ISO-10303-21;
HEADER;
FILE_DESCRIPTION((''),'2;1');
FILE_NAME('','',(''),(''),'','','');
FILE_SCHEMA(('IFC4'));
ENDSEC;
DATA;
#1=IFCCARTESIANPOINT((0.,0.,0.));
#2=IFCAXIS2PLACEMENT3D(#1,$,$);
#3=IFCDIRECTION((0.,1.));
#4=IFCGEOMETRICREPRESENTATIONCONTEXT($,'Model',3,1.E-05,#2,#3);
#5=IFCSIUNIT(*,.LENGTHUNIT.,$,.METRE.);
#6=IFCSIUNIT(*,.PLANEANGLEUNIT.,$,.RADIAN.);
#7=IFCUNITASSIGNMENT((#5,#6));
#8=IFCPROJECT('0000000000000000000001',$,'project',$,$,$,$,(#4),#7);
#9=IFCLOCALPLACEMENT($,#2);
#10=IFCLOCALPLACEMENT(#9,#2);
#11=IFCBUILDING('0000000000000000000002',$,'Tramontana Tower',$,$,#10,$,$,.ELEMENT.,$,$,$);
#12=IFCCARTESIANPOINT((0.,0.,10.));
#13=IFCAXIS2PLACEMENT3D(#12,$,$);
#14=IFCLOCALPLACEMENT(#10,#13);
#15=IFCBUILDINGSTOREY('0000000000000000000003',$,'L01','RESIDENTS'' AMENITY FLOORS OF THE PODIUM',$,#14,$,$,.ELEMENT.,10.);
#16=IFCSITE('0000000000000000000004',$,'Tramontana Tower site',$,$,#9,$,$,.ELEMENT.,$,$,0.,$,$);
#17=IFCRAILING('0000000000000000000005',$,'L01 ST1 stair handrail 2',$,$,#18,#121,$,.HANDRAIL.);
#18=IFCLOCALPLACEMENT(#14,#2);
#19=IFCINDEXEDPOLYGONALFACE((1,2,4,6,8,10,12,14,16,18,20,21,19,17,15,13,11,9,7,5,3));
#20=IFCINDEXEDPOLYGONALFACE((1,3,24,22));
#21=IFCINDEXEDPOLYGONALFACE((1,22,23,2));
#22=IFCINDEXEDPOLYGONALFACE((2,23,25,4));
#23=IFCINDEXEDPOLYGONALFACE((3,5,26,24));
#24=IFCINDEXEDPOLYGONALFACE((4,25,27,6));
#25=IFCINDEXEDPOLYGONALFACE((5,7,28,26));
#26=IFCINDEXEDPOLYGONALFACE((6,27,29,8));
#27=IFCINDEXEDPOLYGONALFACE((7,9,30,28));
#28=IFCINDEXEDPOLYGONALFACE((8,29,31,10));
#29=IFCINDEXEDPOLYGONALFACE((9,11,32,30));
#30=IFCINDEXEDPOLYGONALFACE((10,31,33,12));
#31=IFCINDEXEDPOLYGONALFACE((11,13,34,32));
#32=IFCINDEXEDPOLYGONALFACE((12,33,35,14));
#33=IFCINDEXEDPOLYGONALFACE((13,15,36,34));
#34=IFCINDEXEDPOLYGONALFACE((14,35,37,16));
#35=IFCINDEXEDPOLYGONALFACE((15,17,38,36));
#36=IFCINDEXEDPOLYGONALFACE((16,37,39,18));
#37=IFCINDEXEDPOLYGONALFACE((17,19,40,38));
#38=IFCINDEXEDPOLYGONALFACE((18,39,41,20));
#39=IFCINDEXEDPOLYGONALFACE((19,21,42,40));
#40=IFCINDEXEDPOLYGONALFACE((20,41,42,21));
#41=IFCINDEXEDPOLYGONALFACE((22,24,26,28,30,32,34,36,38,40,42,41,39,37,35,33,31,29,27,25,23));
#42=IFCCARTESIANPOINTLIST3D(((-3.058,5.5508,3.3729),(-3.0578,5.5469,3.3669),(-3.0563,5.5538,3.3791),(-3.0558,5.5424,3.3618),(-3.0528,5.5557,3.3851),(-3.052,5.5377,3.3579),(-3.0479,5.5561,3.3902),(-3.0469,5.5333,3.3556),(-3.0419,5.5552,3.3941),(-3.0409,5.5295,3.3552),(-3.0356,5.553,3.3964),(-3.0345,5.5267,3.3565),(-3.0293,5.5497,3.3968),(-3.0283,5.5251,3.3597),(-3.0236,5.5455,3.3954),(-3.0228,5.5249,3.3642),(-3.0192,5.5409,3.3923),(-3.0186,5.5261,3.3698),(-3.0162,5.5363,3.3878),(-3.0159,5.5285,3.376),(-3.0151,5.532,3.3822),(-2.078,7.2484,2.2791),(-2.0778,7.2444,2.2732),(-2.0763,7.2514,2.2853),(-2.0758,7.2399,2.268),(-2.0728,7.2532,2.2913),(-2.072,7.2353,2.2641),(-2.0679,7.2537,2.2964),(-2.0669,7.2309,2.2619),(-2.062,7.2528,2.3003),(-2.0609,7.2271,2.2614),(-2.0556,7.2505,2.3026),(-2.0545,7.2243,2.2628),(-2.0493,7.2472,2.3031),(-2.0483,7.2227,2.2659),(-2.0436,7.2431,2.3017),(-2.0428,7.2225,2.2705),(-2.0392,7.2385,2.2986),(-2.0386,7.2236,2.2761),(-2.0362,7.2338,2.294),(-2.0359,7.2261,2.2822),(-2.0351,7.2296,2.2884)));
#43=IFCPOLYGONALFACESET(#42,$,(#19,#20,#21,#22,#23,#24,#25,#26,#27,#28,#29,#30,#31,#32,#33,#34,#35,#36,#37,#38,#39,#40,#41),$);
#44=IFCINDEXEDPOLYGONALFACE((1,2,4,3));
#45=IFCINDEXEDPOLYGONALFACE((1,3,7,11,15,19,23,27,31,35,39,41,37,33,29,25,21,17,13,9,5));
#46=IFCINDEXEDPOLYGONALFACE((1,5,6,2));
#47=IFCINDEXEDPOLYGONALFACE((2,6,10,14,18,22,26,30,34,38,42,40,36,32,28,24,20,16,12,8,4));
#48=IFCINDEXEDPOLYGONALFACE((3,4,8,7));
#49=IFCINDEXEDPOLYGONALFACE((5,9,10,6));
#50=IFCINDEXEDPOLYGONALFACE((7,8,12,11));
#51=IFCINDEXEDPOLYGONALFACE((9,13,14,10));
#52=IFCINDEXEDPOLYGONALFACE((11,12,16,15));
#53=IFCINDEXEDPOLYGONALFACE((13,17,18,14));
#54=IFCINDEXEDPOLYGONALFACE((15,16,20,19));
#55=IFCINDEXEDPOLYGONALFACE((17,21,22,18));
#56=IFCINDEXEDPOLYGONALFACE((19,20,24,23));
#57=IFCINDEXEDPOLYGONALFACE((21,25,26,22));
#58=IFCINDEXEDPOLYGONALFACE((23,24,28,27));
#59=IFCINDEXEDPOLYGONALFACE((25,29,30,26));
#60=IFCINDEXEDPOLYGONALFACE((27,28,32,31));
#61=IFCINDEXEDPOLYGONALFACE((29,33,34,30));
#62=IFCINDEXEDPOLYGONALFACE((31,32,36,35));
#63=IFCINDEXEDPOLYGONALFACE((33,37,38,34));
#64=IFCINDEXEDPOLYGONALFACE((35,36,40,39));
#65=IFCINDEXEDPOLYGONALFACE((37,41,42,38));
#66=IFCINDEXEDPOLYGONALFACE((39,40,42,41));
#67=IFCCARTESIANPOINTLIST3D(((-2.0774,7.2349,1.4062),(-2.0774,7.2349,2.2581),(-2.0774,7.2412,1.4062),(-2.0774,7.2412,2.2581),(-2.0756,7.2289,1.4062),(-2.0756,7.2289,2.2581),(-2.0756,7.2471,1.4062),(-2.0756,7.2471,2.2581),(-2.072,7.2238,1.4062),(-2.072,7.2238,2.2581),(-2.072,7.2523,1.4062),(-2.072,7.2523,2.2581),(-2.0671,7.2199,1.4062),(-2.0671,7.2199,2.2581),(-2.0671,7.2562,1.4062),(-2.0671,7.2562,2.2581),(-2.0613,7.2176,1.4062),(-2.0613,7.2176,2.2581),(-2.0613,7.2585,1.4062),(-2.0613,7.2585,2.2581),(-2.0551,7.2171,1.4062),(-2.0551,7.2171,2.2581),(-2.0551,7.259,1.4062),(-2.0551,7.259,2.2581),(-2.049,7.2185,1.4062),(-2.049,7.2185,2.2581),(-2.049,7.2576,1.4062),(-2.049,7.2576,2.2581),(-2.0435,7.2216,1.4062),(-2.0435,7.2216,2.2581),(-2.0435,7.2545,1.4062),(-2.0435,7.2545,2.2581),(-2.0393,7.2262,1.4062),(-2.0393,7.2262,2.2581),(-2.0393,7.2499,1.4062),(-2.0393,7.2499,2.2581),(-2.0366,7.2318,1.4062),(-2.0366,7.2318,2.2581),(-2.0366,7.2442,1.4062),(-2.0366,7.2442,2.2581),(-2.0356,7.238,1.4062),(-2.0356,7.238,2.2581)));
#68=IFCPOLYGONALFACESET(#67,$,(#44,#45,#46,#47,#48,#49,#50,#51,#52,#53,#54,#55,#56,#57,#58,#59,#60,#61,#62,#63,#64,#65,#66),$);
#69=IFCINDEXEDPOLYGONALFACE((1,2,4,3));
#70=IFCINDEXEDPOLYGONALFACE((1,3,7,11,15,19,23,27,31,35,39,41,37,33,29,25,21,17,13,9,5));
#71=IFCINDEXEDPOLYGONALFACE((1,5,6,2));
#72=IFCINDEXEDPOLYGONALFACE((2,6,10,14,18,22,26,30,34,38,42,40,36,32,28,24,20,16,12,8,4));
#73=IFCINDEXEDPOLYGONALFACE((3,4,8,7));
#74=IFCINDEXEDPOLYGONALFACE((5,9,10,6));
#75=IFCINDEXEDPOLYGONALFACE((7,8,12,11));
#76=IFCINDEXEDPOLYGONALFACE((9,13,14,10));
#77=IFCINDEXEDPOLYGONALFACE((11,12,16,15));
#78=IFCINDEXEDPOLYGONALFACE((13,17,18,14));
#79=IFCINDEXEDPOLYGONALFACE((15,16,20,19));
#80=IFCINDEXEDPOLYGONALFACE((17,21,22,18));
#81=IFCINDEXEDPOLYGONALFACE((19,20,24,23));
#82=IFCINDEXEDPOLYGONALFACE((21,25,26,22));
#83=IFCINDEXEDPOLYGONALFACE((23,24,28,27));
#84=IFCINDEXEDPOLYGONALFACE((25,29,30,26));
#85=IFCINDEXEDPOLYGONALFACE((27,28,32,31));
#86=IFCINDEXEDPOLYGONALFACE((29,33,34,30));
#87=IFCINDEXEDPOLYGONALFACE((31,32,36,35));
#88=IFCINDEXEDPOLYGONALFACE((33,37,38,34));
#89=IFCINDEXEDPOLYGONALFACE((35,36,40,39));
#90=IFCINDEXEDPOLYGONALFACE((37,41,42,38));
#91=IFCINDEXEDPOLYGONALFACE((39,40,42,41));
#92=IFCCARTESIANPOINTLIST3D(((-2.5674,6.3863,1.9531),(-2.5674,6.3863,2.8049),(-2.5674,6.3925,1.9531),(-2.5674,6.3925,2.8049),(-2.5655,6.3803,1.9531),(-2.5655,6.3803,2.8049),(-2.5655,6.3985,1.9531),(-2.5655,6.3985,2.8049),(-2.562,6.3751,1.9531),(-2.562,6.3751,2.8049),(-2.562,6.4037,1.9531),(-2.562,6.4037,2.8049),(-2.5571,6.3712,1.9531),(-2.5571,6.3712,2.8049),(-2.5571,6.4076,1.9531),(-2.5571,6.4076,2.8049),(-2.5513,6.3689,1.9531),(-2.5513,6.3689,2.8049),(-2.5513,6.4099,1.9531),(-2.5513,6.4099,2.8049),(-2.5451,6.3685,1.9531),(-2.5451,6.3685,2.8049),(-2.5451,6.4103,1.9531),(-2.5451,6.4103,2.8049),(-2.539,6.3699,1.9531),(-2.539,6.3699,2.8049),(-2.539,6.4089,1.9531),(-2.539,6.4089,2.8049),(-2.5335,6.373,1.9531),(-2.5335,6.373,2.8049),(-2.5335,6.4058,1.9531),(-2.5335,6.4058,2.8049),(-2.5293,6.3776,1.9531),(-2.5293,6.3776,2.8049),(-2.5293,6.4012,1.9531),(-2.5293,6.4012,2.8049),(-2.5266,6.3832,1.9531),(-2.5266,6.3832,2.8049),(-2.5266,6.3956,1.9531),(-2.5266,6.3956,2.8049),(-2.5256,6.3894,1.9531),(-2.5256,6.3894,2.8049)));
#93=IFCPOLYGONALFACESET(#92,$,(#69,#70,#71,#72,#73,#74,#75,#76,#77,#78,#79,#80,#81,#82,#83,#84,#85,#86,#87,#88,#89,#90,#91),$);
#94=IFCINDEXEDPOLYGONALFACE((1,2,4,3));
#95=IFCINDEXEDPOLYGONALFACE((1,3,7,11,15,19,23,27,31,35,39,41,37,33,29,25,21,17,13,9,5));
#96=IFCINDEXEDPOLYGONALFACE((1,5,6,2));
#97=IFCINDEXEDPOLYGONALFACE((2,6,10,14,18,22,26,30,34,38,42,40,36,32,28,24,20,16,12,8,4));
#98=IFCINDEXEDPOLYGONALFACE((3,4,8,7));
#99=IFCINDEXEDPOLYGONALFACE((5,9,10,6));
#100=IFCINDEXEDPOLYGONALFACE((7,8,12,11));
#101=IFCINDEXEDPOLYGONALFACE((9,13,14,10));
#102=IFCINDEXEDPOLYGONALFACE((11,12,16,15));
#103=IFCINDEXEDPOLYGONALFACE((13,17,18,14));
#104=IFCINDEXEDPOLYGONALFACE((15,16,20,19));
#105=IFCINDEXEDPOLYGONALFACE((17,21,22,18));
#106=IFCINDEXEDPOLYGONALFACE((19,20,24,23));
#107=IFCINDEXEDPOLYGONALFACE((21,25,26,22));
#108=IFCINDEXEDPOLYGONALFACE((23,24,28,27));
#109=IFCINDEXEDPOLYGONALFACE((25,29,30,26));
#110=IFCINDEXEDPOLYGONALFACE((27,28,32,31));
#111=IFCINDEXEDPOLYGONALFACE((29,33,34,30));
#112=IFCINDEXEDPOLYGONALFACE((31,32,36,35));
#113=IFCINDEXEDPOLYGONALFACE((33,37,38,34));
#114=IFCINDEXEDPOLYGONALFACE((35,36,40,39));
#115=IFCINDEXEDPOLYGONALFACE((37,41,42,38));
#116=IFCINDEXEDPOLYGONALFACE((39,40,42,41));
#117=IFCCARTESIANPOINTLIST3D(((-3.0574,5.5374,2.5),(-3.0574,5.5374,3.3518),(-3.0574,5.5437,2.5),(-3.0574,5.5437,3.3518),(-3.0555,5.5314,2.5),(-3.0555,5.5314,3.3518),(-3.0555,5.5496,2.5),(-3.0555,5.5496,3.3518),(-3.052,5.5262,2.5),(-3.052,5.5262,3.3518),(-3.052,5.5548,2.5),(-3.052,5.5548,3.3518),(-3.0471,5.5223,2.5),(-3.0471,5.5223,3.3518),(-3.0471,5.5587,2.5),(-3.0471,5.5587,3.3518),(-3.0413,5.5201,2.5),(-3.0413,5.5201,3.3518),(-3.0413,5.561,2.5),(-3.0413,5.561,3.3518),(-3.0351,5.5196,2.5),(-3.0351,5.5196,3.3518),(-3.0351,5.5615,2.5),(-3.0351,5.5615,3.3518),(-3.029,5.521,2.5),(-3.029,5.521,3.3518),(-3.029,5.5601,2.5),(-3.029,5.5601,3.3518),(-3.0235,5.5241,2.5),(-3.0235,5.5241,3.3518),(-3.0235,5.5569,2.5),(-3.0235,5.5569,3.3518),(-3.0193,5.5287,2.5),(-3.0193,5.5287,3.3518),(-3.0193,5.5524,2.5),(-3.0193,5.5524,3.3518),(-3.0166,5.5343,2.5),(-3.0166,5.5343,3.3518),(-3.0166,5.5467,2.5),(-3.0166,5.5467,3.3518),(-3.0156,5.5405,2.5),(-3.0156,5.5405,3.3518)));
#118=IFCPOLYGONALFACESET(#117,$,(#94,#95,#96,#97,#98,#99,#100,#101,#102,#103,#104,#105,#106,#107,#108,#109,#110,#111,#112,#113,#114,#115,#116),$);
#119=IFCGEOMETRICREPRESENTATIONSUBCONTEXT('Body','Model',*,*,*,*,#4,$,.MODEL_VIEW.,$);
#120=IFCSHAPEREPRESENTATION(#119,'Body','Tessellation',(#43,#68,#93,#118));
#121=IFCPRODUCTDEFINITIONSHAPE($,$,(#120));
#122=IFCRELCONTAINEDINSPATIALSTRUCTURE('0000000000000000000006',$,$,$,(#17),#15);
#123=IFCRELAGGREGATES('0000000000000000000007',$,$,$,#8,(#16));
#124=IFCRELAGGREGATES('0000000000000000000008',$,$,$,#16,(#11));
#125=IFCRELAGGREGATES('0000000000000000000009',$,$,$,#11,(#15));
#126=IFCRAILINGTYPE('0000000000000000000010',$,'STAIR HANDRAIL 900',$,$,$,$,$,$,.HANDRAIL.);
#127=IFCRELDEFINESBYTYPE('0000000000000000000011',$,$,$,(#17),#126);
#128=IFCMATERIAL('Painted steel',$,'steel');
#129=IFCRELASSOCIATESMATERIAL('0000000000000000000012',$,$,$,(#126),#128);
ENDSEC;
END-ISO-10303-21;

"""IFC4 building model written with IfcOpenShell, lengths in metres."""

from ifc_helpers import new_model, si_unit, direction, frame, origin, origin_2d, place, context, subcontext, project, spatial, circle, extrude, material, type_object, element, save


model = new_model("IFC4")

# Units and contexts
model_context = context("Model", 3, precision=1e-05, world=origin(), true_north=direction((0.0, 1.0)))
body_context = subcontext(model_context, "Body", "Model", "MODEL_VIEW")
ifc_project = project(units=[si_unit("LENGTHUNIT", "METRE"), si_unit("PLANEANGLEUNIT", "RADIAN")], contexts=[model_context])

# Site, building, storey
site_placement = place(None, origin())
site = spatial("IfcSite", under=ifc_project, at=site_placement, Name="Tramontana Tower site", CompositionType="ELEMENT", RefElevation=0.0)
building_placement = place(site_placement, origin())
building = spatial("IfcBuilding", under=site, at=building_placement, Name="Tramontana Tower", CompositionType="ELEMENT")
storey_placement = place(building_placement, frame((0.0, 0.0, 10.0)))
storey = spatial("IfcBuildingStorey", under=building, at=storey_placement, Name="L01", Description="RESIDENTS' AMENITY FLOORS OF THE PODIUM", CompositionType="ELEMENT", Elevation=10.0)

# Railing
ifc_material_1 = material(Name="Painted steel", Category="steel")
railing_type_1 = type_object("IfcRailingType", Name="STAIR HANDRAIL 900", PredefinedType="HANDRAIL", material=ifc_material_1)
railing_1_placement = place(storey_placement, frame((-2.0566, 7.238, 1.4062)))
element("IfcRailing", 1, at=railing_1_placement, inside=storey, type_object=railing_type_1, Name="L01 ST1 stair handrail 2", PredefinedType="HANDRAIL", context=body_context, shape_type="SweptSolid", body=[
    extrude(circle(Radius=0.0239, at=origin_2d()), frame((0.0, 0.0, 0.876), z_axis=(-0.436596, -0.756267, 0.487282), x_axis=(0.866042, -0.49997, 0.0)), (0.0, 0.0, 1.0), 2.2446),
    extrude(circle(Radius=0.021, at=origin_2d()), origin(), (0.0, 0.0, 1.0), 0.8518),
    extrude(circle(Radius=0.021, at=origin_2d()), frame((-0.49, -0.8486, 0.5469)), (0.0, 0.0, 1.0), 0.8518),
    extrude(circle(Radius=0.021, at=origin_2d()), frame((-0.98, -1.6975, 1.0938)), (0.0, 0.0, 1.0), 0.8518),
])

save(model, "model.ifc")
